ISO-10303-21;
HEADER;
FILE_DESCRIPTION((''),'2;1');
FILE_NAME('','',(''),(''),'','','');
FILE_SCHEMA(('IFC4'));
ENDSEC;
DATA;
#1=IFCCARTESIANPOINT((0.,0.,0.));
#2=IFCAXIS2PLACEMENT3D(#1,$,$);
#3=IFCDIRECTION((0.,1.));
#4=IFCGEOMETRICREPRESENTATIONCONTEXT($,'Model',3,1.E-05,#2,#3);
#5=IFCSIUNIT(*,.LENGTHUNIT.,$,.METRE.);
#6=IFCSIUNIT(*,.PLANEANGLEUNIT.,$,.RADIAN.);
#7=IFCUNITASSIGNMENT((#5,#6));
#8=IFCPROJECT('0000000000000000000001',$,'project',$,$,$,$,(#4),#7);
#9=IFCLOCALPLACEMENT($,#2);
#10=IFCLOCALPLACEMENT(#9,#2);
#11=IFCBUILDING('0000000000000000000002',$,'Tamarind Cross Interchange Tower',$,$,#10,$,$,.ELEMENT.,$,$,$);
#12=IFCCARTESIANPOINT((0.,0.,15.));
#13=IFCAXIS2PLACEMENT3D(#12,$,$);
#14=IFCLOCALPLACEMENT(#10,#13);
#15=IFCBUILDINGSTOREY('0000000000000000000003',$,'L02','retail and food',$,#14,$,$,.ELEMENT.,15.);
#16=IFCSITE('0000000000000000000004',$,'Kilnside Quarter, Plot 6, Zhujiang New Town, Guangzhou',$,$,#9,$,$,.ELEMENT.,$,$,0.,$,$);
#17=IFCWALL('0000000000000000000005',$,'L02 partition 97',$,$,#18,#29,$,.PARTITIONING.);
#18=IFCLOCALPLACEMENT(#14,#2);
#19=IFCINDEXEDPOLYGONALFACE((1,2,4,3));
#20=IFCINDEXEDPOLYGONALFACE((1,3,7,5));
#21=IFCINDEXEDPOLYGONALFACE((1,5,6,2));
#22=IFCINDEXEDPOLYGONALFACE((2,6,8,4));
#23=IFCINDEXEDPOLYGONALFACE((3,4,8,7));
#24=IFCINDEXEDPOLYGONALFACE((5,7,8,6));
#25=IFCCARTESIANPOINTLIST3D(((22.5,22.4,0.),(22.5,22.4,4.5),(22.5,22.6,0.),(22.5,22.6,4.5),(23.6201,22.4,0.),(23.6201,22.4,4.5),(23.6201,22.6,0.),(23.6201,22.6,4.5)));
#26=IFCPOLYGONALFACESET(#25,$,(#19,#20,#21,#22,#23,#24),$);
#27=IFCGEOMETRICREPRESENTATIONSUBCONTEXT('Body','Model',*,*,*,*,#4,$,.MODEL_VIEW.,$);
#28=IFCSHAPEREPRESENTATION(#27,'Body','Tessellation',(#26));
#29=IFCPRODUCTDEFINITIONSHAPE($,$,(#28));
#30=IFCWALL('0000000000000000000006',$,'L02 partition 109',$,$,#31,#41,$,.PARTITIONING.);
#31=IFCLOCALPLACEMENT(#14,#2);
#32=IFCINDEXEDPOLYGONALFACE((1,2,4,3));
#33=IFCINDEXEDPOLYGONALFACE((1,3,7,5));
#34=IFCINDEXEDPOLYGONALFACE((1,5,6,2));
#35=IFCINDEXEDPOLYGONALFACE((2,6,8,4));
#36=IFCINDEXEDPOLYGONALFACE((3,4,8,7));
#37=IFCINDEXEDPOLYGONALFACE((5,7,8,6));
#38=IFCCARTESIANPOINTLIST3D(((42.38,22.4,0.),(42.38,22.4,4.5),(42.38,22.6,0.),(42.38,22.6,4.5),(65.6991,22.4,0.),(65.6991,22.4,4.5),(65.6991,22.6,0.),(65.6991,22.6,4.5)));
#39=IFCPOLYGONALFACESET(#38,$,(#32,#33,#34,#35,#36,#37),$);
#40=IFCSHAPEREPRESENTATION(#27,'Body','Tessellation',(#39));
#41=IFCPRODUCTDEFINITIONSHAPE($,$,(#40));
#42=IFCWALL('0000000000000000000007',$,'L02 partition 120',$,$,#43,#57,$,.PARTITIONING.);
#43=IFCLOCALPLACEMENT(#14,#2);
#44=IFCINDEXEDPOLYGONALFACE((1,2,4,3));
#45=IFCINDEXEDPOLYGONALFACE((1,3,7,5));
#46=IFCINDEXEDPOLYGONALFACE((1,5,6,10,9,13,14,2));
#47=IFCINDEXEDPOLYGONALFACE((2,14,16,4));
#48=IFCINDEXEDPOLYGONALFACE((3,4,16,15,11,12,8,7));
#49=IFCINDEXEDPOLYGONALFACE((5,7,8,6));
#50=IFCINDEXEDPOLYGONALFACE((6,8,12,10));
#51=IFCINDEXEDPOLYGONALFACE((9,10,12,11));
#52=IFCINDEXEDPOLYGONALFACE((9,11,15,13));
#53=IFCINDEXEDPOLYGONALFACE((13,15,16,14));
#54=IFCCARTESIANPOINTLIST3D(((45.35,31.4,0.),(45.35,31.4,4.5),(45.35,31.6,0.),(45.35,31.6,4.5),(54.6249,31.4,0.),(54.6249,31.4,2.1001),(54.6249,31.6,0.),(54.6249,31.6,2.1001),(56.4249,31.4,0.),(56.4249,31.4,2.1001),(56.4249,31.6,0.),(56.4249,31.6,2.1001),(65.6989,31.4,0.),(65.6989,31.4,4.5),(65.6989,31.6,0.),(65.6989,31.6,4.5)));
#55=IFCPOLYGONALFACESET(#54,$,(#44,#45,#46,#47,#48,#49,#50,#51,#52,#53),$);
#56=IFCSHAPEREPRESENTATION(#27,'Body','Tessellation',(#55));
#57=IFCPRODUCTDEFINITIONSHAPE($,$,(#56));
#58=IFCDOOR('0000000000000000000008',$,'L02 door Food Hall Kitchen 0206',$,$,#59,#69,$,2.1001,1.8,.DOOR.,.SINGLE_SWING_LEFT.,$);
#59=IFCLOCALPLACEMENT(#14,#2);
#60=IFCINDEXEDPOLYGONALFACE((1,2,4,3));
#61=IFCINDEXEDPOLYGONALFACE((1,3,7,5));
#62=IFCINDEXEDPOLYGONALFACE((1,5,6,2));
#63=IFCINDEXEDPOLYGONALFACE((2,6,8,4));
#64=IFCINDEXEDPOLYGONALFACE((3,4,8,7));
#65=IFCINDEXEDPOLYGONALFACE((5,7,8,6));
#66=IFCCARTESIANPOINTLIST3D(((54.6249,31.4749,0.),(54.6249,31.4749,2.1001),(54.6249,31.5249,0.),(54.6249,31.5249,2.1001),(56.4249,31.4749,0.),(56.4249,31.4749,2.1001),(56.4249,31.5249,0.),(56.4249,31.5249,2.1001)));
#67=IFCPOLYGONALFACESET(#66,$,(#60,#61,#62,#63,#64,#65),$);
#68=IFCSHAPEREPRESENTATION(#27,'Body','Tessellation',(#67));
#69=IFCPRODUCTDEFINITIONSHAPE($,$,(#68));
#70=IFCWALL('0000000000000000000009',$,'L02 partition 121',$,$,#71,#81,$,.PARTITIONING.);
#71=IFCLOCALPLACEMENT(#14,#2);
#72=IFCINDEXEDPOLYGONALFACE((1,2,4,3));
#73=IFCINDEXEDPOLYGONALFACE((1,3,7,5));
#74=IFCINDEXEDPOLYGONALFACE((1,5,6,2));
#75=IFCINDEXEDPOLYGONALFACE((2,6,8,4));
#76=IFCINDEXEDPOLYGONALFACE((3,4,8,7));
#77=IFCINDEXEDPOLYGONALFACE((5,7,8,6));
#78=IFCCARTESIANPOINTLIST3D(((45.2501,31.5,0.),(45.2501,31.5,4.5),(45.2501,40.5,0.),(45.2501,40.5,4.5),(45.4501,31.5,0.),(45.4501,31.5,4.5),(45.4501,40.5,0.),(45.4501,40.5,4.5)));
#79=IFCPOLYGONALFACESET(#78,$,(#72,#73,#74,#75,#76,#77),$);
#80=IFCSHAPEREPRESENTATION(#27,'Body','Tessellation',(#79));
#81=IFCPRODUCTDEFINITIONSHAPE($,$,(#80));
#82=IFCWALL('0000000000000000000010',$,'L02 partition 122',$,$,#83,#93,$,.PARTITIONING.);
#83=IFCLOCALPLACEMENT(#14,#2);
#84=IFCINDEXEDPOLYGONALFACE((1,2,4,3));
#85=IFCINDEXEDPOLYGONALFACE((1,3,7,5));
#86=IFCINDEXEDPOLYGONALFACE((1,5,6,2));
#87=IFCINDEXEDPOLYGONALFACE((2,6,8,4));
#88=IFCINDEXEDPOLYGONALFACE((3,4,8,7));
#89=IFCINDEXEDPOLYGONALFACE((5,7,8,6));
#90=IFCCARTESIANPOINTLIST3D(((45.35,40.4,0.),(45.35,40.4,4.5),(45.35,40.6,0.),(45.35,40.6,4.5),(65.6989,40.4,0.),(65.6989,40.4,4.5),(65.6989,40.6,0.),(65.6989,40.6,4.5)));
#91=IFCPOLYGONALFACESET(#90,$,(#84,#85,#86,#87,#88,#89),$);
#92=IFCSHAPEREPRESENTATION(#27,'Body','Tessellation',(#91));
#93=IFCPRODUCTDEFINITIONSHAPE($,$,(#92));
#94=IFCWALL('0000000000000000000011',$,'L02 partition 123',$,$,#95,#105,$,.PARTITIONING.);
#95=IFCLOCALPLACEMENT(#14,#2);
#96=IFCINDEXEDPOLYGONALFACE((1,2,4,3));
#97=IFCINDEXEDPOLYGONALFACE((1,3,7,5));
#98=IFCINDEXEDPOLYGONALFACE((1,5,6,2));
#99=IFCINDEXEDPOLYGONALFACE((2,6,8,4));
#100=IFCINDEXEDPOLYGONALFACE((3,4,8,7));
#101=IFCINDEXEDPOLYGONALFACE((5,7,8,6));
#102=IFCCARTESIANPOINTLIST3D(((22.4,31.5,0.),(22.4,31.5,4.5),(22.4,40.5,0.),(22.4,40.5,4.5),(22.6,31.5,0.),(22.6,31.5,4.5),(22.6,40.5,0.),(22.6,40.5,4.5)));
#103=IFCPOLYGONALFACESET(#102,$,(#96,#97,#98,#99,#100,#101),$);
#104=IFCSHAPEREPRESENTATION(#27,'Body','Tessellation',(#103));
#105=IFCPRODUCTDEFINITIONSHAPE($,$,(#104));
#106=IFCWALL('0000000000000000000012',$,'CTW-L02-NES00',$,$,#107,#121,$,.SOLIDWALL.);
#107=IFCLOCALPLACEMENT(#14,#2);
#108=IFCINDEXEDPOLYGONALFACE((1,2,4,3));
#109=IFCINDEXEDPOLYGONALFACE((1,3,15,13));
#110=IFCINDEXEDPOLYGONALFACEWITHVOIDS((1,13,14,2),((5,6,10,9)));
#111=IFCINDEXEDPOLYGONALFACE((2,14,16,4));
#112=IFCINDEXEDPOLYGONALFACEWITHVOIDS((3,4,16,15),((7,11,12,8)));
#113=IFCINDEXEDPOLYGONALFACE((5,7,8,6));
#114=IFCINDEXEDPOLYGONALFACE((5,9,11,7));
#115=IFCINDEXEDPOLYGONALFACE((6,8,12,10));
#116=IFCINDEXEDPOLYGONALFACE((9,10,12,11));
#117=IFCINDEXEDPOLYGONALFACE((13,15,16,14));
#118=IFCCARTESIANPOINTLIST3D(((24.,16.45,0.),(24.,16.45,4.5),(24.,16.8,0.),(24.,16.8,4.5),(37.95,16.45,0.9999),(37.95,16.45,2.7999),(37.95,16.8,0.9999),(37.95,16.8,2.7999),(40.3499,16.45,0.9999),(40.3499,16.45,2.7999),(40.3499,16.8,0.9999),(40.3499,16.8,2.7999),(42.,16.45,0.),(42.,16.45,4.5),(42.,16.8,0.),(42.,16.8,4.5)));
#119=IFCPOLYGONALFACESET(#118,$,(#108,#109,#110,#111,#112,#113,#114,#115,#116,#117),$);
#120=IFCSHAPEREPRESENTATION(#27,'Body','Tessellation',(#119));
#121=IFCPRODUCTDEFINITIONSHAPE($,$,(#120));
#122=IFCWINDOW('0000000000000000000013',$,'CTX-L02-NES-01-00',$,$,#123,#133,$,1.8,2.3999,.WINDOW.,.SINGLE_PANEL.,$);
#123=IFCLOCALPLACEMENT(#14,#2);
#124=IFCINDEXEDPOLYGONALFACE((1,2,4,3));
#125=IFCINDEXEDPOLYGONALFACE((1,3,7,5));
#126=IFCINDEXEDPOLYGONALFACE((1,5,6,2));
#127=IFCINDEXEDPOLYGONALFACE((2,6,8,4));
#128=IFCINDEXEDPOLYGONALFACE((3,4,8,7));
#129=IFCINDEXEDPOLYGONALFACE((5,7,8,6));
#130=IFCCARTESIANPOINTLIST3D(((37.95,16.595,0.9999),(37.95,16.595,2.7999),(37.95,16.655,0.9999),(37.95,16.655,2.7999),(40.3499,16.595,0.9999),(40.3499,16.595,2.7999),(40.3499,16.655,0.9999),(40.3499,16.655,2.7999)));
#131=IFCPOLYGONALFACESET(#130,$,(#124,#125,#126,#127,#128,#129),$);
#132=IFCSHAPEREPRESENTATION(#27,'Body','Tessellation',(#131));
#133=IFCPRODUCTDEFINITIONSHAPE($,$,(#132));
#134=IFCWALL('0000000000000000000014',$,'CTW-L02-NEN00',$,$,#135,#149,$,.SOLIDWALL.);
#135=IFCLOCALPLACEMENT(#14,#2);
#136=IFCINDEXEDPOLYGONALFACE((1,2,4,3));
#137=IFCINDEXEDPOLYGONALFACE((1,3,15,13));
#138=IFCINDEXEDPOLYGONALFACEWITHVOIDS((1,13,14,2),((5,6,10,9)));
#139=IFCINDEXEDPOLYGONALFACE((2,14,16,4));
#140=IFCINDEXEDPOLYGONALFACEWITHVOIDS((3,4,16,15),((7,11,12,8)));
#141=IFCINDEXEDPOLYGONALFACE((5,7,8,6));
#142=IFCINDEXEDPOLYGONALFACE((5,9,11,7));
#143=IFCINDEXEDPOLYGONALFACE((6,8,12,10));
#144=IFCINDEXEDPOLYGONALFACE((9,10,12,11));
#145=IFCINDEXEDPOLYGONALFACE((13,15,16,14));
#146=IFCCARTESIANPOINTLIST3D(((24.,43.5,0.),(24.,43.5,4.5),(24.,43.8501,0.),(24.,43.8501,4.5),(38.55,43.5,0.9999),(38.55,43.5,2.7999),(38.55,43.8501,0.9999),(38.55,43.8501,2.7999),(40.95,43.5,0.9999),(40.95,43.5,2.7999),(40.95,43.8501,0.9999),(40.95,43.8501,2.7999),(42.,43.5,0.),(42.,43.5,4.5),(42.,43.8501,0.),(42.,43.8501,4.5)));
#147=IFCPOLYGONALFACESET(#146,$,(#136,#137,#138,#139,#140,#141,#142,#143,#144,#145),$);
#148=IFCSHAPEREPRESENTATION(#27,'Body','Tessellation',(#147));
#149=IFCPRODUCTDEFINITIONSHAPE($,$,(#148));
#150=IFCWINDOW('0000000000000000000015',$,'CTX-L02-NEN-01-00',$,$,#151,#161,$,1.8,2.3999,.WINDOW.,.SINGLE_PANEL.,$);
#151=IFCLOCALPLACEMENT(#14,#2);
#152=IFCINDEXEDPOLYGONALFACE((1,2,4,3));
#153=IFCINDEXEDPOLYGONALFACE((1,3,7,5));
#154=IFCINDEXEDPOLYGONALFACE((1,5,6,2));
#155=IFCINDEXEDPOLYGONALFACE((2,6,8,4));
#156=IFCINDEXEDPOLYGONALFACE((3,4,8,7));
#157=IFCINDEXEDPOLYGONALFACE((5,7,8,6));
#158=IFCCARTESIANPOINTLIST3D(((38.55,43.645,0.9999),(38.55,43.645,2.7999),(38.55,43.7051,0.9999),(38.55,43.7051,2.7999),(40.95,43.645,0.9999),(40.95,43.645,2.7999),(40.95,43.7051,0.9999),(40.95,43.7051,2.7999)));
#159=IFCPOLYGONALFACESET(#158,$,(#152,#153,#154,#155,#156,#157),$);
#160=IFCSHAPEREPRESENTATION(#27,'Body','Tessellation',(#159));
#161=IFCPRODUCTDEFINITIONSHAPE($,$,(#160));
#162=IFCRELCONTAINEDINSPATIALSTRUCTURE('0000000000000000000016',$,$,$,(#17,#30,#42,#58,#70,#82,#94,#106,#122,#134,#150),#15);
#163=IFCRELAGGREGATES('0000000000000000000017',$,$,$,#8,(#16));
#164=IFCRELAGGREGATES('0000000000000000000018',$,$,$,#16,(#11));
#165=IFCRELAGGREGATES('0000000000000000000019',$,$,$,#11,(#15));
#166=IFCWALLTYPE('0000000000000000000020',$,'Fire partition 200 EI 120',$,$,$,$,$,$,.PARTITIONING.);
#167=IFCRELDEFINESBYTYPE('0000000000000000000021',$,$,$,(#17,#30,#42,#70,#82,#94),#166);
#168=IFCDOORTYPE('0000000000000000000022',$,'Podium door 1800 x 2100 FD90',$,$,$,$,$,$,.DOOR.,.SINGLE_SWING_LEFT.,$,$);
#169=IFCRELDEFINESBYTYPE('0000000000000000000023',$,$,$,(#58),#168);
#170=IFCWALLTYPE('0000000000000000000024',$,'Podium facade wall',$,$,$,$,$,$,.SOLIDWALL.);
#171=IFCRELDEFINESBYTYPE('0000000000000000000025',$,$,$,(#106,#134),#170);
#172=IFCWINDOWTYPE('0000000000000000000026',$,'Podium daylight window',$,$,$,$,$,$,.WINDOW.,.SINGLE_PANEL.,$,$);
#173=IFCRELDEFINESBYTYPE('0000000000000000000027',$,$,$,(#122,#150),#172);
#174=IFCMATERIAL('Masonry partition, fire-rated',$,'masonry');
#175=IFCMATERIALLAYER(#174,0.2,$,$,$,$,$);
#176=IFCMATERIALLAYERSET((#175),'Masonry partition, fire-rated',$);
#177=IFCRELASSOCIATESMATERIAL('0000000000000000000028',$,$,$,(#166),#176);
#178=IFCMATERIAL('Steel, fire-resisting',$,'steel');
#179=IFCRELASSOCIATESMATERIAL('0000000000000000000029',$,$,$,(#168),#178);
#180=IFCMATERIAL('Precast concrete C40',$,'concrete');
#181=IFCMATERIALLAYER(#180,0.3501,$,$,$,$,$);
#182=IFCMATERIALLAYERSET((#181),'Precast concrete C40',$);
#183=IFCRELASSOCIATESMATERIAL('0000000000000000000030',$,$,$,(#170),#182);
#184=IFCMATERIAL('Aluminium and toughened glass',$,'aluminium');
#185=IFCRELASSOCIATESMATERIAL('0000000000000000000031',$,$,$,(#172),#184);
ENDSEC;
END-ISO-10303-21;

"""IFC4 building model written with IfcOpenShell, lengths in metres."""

from ifc_helpers import new_model, si_unit, direction, frame, frame_2d, origin, place, context, subcontext, project, spatial, rectangle, extrude, material, layer, layer_set, type_object, element, fill, save


model = new_model("IFC4")

# Units and contexts
model_context = context("Model", 3, precision=1e-05, world=origin(), true_north=direction((0.0, 1.0)))
body_context = subcontext(model_context, "Body", "Model", "MODEL_VIEW")
ifc_project = project(units=[si_unit("LENGTHUNIT", "METRE"), si_unit("PLANEANGLEUNIT", "RADIAN")], contexts=[model_context])

# Site, building, storey
site_placement = place(None, origin())
site = spatial("IfcSite", under=ifc_project, at=site_placement, Name="Kilnside Quarter, Plot 6, Zhujiang New Town, Guangzhou", CompositionType="ELEMENT", RefElevation=0.0)
building_placement = place(site_placement, origin())
building = spatial("IfcBuilding", under=site, at=building_placement, Name="Tamarind Cross Interchange Tower", CompositionType="ELEMENT")
storey_placement = place(building_placement, frame((0.0, 0.0, 15.0)))
storey = spatial("IfcBuildingStorey", under=building, at=storey_placement, Name="L02", Description="retail and food", CompositionType="ELEMENT", Elevation=15.0)

# Walls
ifc_material_1 = material(Name="Masonry partition, fire-rated", Category="masonry")
ifc_layer_1 = layer(ifc_material_1, 0.2)
ifc_layer_set_1 = layer_set([ifc_layer_1], Name="Masonry partition, fire-rated")
wall_type_1 = type_object("IfcWallType", Name="Fire partition 200 EI 120", PredefinedType="PARTITIONING", material=ifc_layer_set_1)
wall_1_placement = place(storey_placement, frame((22.5, 22.5, 0.0), z_axis=(0.0, 0.0, 1.0), x_axis=(1.0, 0.0, 0.0)))
element("IfcWall", 1, at=wall_1_placement, inside=storey, type_object=wall_type_1, Name="L02 partition 97", PredefinedType="PARTITIONING", context=body_context, shape_type="SweptSolid", body=[
    extrude(rectangle(XDim=1.1201, YDim=0.2, at=frame_2d((0.5601, 0.0))), origin(), (0.0, 0.0, 1.0), 4.5),
])
wall_2_placement = place(storey_placement, frame((42.3799, 22.5, 0.0), z_axis=(0.0, 0.0, 1.0), x_axis=(1.0, 0.0, 0.0)))
element("IfcWall", 2, at=wall_2_placement, inside=storey, type_object=wall_type_1, Name="L02 partition 109", PredefinedType="PARTITIONING", context=body_context, shape_type="SweptSolid", body=[
    extrude(rectangle(XDim=23.3191, YDim=0.2, at=frame_2d((11.6597, 0.0))), origin(), (0.0, 0.0, 1.0), 4.5),
])

# Wall, opening, door
wall_3_placement = place(storey_placement, frame((45.3501, 31.5, 0.0), z_axis=(0.0, 0.0, 1.0), x_axis=(1.0, 0.0, 0.0)))
wall_3 = element("IfcWall", 3, at=wall_3_placement, inside=storey, type_object=wall_type_1, Name="L02 partition 120", PredefinedType="PARTITIONING", context=body_context, shape_type="SweptSolid", body=[
    extrude(rectangle(XDim=20.3489, YDim=0.2, at=frame_2d((10.1743, 0.0))), origin(), (0.0, 0.0, 1.0), 4.5),
])
opening_1_placement = place(wall_3_placement, frame((9.2749, 0.0, 0.0)))
opening_1 = element("IfcOpeningElement", 4, at=opening_1_placement, cuts=wall_3, PredefinedType="OPENING", context=body_context, shape_type="SweptSolid", body=[
    extrude(rectangle(XDim=1.8, YDim=2.1001, at=frame_2d((0.8999, 1.05))), frame((0.0, 0.1099, 0.0), z_axis=(0.0, -1.0, 0.0), x_axis=(1.0, 0.0, 0.0)), (0.0, 0.0, 1.0), 0.22),
])
ifc_material_2 = material(Name="Steel, fire-resisting", Category="steel")
door_type = type_object("IfcDoorType", Name="Podium door 1800 x 2100 FD90", OperationType="SINGLE_SWING_LEFT", PredefinedType="DOOR", material=ifc_material_2)
door_placement = place(opening_1_placement, origin())
door = element("IfcDoor", 5, at=door_placement, inside=storey, type_object=door_type, Name="L02 door Food Hall Kitchen 0206", OperationType="SINGLE_SWING_LEFT", OverallHeight=2.1001, OverallWidth=1.8, PredefinedType="DOOR", context=body_context, shape_type="SweptSolid", body=[
    extrude(rectangle(XDim=1.8, YDim=2.1001, at=frame_2d((0.8999, 1.05))), frame((0.0, 0.0249, 0.0), z_axis=(0.0, -1.0, 0.0), x_axis=(1.0, 0.0, 0.0)), (0.0, 0.0, 1.0), 0.05),
])
fill(opening_1, door)

# Walls
wall_4_placement = place(storey_placement, frame((45.3501, 31.5, 0.0), z_axis=(0.0, 0.0, 1.0), x_axis=(0.0, 1.0, 0.0)))
element("IfcWall", 6, at=wall_4_placement, inside=storey, type_object=wall_type_1, Name="L02 partition 121", PredefinedType="PARTITIONING", context=body_context, shape_type="SweptSolid", body=[
    extrude(rectangle(XDim=9.0, YDim=0.2, at=frame_2d((4.5, 0.0))), origin(), (0.0, 0.0, 1.0), 4.5),
])
wall_5_placement = place(storey_placement, frame((45.3501, 40.5, 0.0), z_axis=(0.0, 0.0, 1.0), x_axis=(1.0, 0.0, 0.0)))
element("IfcWall", 7, at=wall_5_placement, inside=storey, type_object=wall_type_1, Name="L02 partition 122", PredefinedType="PARTITIONING", context=body_context, shape_type="SweptSolid", body=[
    extrude(rectangle(XDim=20.3489, YDim=0.2, at=frame_2d((10.1743, 0.0))), origin(), (0.0, 0.0, 1.0), 4.5),
])
wall_6_placement = place(storey_placement, frame((22.5, 31.5, 0.0), z_axis=(0.0, 0.0, 1.0), x_axis=(0.0, 1.0, 0.0)))
element("IfcWall", 8, at=wall_6_placement, inside=storey, type_object=wall_type_1, Name="L02 partition 123", PredefinedType="PARTITIONING", context=body_context, shape_type="SweptSolid", body=[
    extrude(rectangle(XDim=9.0, YDim=0.2, at=frame_2d((4.5, 0.0))), origin(), (0.0, 0.0, 1.0), 4.5),
])

# Walls, openings, windows
ifc_material_3 = material(Name="Precast concrete C40", Category="concrete")
ifc_layer_2 = layer(ifc_material_3, 0.3501)
ifc_layer_set_2 = layer_set([ifc_layer_2], Name="Precast concrete C40")
wall_type_2 = type_object("IfcWallType", Name="Podium facade wall", PredefinedType="SOLIDWALL", material=ifc_layer_set_2)
wall_7_placement = place(storey_placement, frame((24.0, 16.625, 0.0), z_axis=(0.0, 0.0, 1.0), x_axis=(1.0, 0.0, 0.0)))
wall_7 = element("IfcWall", 9, at=wall_7_placement, inside=storey, type_object=wall_type_2, Name="CTW-L02-NES00", PredefinedType="SOLIDWALL", context=body_context, shape_type="SweptSolid", body=[
    extrude(rectangle(XDim=18.0, YDim=0.3501, at=frame_2d((9.0, 0.0))), origin(), (0.0, 0.0, 1.0), 4.5),
])
opening_2_placement = place(wall_7_placement, frame((13.95, 0.0, 1.0)))
opening_2 = element("IfcOpeningElement", 10, at=opening_2_placement, cuts=wall_7, PredefinedType="OPENING", context=body_context, shape_type="SweptSolid", body=[
    extrude(rectangle(XDim=2.3999, YDim=1.8, at=frame_2d((1.2, 0.8999))), frame((0.0, 0.1851, 0.0), z_axis=(0.0, -1.0, 0.0), x_axis=(1.0, 0.0, 0.0)), (0.0, 0.0, 1.0), 0.3701),
])
ifc_material_4 = material(Name="Aluminium and toughened glass", Category="aluminium")
window_type = type_object("IfcWindowType", Name="Podium daylight window", PartitioningType="SINGLE_PANEL", PredefinedType="WINDOW", material=ifc_material_4)
window_1_placement = place(opening_2_placement, origin())
window_1 = element("IfcWindow", 11, at=window_1_placement, inside=storey, type_object=window_type, Name="CTX-L02-NES-01-00", OverallHeight=1.8, OverallWidth=2.3999, PartitioningType="SINGLE_PANEL", PredefinedType="WINDOW", context=body_context, shape_type="SweptSolid", body=[
    extrude(rectangle(XDim=2.3999, YDim=1.8, at=frame_2d((1.2, 0.8999))), frame((0.0, 0.03, 0.0), z_axis=(0.0, -1.0, 0.0), x_axis=(1.0, 0.0, 0.0)), (0.0, 0.0, 1.0), 0.0601),
])
fill(opening_2, window_1)
wall_8_placement = place(storey_placement, frame((24.0, 43.675, 0.0), z_axis=(0.0, 0.0, 1.0), x_axis=(1.0, 0.0, 0.0)))
wall_8 = element("IfcWall", 12, at=wall_8_placement, inside=storey, type_object=wall_type_2, Name="CTW-L02-NEN00", PredefinedType="SOLIDWALL", context=body_context, shape_type="SweptSolid", body=[
    extrude(rectangle(XDim=18.0, YDim=0.3501, at=frame_2d((9.0, 0.0))), origin(), (0.0, 0.0, 1.0), 4.5),
])
opening_3_placement = place(wall_8_placement, frame((14.55, 0.0, 1.0)))
opening_3 = element("IfcOpeningElement", 13, at=opening_3_placement, cuts=wall_8, PredefinedType="OPENING", context=body_context, shape_type="SweptSolid", body=[
    extrude(rectangle(XDim=2.3999, YDim=1.8, at=frame_2d((1.2, 0.8999))), frame((0.0, 0.1851, 0.0), z_axis=(0.0, -1.0, 0.0), x_axis=(1.0, 0.0, 0.0)), (0.0, 0.0, 1.0), 0.3701),
])
window_2_placement = place(opening_3_placement, origin())
window_2 = element("IfcWindow", 14, at=window_2_placement, inside=storey, type_object=window_type, Name="CTX-L02-NEN-01-00", OverallHeight=1.8, OverallWidth=2.3999, PartitioningType="SINGLE_PANEL", PredefinedType="WINDOW", context=body_context, shape_type="SweptSolid", body=[
    extrude(rectangle(XDim=2.3999, YDim=1.8, at=frame_2d((1.2, 0.8999))), frame((0.0, 0.03, 0.0), z_axis=(0.0, -1.0, 0.0), x_axis=(1.0, 0.0, 0.0)), (0.0, 0.0, 1.0), 0.0601),
])
fill(opening_3, window_2)

save(model, "model.ifc")
